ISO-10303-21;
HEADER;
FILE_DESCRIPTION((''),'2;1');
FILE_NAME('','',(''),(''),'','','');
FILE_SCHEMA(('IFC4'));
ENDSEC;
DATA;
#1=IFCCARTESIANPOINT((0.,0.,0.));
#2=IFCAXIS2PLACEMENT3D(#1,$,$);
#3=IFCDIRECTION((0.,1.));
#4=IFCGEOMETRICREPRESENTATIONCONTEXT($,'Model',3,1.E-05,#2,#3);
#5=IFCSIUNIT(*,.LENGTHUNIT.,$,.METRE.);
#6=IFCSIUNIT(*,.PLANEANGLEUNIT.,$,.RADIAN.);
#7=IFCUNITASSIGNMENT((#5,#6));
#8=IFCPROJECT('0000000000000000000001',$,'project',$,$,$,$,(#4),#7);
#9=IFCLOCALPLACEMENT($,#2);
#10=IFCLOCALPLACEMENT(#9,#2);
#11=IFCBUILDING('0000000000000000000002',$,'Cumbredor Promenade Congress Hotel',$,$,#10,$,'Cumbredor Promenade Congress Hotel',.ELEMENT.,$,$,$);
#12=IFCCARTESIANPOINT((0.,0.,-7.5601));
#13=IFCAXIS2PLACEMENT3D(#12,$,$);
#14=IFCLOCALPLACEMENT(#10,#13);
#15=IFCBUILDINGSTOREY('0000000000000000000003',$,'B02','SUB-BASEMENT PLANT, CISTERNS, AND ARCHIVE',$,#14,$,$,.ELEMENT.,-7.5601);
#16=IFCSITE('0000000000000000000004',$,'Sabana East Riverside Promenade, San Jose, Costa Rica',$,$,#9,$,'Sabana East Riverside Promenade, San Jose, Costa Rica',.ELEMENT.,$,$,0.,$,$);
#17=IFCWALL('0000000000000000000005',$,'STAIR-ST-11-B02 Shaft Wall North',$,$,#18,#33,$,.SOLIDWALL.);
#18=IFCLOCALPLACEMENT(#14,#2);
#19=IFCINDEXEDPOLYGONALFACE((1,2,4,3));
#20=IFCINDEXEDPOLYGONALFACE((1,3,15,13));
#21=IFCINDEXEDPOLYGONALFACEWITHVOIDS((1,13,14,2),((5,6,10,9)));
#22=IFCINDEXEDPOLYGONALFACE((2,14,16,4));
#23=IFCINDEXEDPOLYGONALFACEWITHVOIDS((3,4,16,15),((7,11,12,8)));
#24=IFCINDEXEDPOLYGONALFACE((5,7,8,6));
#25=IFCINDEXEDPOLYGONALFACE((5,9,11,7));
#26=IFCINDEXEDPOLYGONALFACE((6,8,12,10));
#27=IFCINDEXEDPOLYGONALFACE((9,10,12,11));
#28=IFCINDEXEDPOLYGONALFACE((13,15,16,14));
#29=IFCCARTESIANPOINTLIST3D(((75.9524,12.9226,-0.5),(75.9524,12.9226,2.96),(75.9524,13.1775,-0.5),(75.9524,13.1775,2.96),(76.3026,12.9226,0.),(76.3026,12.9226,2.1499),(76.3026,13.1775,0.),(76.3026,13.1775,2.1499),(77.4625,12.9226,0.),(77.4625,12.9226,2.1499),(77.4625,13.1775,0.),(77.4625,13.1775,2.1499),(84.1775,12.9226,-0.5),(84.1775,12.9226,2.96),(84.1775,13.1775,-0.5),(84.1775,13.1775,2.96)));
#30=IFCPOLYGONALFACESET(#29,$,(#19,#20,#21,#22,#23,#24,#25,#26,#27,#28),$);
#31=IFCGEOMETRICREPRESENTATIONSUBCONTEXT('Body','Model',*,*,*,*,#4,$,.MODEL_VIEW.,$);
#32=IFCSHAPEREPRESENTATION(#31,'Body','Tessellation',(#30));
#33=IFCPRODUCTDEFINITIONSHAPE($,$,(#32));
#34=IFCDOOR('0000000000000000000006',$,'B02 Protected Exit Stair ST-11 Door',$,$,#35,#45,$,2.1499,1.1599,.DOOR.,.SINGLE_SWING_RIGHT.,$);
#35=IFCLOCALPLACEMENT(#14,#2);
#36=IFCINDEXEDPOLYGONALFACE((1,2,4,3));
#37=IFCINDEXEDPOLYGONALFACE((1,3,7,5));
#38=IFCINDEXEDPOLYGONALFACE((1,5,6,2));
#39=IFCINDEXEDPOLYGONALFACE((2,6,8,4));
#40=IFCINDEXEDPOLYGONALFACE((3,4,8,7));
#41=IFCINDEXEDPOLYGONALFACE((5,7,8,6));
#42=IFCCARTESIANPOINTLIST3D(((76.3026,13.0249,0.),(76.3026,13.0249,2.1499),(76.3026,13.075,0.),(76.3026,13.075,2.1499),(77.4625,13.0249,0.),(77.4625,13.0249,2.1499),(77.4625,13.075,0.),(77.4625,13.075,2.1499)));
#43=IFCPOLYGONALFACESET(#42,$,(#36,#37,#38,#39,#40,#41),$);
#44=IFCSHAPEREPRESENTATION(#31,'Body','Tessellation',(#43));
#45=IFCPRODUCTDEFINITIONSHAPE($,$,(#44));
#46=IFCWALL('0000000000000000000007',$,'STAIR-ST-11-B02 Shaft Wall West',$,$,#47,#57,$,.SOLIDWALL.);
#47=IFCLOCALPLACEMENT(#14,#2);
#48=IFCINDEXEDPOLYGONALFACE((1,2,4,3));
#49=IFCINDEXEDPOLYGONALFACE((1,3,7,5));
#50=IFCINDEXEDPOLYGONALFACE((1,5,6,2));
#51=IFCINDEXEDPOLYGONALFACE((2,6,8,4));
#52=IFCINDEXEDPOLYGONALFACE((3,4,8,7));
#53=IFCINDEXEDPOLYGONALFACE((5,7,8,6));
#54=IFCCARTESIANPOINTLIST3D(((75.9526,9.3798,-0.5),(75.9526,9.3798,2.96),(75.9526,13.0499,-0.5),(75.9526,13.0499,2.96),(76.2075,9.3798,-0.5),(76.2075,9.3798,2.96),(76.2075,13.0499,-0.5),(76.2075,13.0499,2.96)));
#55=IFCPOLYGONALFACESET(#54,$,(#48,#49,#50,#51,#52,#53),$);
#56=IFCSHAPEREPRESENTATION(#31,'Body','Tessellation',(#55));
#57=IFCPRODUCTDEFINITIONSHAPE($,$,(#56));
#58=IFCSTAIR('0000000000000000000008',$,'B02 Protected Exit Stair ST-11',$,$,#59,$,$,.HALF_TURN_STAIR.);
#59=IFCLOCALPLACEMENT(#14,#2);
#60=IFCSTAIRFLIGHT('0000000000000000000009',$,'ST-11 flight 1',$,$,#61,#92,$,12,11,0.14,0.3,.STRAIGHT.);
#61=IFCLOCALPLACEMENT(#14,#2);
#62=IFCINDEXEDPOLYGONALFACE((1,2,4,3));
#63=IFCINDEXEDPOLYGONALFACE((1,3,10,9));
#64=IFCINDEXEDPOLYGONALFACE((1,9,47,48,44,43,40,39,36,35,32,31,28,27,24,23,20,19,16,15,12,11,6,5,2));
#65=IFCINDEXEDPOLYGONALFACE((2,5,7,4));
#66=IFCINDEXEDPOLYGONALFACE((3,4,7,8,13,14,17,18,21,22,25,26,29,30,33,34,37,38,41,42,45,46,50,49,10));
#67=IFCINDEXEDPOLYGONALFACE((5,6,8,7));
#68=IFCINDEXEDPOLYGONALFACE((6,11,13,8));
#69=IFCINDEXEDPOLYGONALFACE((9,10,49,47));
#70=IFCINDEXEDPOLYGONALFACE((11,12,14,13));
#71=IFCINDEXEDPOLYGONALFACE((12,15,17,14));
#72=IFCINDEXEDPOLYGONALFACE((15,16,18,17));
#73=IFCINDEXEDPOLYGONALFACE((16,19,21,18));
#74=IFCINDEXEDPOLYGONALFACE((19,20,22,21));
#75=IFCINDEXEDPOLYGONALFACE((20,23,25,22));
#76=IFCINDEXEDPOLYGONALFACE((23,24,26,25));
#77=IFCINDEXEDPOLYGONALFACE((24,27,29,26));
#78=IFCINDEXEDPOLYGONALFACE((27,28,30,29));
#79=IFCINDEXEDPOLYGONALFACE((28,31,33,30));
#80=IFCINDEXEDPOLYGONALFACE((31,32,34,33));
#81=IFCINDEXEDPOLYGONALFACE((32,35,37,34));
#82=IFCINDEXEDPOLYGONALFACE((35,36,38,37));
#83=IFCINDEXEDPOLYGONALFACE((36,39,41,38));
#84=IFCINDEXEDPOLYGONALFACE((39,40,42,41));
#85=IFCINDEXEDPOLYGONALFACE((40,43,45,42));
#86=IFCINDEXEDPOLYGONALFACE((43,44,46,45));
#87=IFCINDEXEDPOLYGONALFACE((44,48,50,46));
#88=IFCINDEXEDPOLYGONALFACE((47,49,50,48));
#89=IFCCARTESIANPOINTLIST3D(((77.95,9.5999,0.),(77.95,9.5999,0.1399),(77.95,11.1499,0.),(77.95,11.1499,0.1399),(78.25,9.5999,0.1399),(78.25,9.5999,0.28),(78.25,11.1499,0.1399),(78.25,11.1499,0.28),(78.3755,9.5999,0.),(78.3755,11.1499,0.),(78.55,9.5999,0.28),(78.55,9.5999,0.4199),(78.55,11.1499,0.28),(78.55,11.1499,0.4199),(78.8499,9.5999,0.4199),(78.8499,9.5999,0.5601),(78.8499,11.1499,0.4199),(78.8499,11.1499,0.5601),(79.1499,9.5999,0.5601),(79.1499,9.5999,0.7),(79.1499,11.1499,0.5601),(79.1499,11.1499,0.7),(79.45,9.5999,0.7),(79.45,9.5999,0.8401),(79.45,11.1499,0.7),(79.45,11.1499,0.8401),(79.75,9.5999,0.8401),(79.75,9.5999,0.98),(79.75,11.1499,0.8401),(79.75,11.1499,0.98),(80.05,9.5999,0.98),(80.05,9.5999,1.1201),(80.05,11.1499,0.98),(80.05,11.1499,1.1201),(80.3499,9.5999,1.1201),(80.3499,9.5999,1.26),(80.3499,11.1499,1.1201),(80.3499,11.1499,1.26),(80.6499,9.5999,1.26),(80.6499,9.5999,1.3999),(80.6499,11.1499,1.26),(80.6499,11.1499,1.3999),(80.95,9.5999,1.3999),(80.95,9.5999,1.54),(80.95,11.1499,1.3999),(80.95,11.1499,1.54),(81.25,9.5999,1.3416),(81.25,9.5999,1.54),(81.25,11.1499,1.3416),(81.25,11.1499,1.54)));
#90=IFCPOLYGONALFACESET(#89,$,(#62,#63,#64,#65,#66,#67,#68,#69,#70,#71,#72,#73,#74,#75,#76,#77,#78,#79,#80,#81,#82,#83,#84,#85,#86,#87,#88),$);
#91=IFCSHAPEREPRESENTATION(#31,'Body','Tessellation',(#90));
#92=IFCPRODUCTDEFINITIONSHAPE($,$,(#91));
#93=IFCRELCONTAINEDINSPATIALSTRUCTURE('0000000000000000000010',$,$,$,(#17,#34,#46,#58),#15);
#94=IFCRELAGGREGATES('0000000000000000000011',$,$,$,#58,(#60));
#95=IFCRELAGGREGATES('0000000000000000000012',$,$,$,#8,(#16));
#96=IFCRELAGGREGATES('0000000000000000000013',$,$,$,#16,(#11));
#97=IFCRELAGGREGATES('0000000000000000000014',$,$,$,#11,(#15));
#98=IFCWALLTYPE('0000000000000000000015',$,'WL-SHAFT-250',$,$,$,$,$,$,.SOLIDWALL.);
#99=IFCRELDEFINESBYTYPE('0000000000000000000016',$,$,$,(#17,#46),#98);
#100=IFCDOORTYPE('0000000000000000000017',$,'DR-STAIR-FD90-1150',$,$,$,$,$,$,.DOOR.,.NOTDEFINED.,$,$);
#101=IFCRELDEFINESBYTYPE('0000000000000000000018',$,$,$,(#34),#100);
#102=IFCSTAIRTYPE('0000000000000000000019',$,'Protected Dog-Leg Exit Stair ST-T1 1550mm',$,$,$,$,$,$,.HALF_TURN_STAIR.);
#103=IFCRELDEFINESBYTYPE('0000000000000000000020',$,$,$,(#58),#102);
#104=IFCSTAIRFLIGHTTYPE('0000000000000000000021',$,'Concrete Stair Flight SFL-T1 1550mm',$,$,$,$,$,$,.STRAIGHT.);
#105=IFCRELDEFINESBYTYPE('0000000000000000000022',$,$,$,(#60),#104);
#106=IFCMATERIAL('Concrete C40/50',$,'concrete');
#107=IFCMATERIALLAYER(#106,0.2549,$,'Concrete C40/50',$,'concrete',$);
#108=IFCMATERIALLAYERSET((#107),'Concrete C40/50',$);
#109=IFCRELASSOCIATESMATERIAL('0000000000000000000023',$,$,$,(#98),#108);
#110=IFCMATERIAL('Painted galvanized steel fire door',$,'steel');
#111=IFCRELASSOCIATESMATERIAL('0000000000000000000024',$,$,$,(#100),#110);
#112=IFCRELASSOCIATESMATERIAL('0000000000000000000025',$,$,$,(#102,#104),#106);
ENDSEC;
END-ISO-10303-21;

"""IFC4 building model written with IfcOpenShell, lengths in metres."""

from ifc_helpers import new_model, si_unit, direction, frame, frame_2d, origin, place, context, subcontext, project, spatial, polyline, rectangle, outline, extrude, material, layer, layer_set, type_object, element, fill, aggregate, save


model = new_model("IFC4")

# Units and contexts
model_context = context("Model", 3, precision=1e-05, world=origin(), true_north=direction((0.0, 1.0)))
body_context = subcontext(model_context, "Body", "Model", "MODEL_VIEW")
ifc_project = project(units=[si_unit("LENGTHUNIT", "METRE"), si_unit("PLANEANGLEUNIT", "RADIAN")], contexts=[model_context])

# Site, building, storey
site_placement = place(None, origin())
site = spatial("IfcSite", under=ifc_project, at=site_placement, Name="Sabana East Riverside Promenade, San Jose, Costa Rica", LongName="Sabana East Riverside Promenade, San Jose, Costa Rica", CompositionType="ELEMENT", RefElevation=0.0)
building_placement = place(site_placement, origin())
building = spatial("IfcBuilding", under=site, at=building_placement, Name="Cumbredor Promenade Congress Hotel", LongName="Cumbredor Promenade Congress Hotel", CompositionType="ELEMENT")
storey_placement = place(building_placement, frame((0.0, 0.0, -7.5601)))
storey = spatial("IfcBuildingStorey", under=building, at=storey_placement, Name="B02", Description="SUB-BASEMENT PLANT, CISTERNS, AND ARCHIVE", CompositionType="ELEMENT", Elevation=-7.5601)

# Shared definitions
ifc_material_1 = material(Name="Concrete C40/50", Category="concrete")

# Shared definitions
ifc_layer_1 = layer(ifc_material_1, 0.2549, Name="Concrete C40/50", Category="concrete")
ifc_layer_set_1 = layer_set([ifc_layer_1], Name="Concrete C40/50")
wall_type_1 = type_object("IfcWallType", Name="WL-SHAFT-250", PredefinedType="SOLIDWALL", material=ifc_layer_set_1)

# Wall, opening, door
wall_1_placement = place(storey_placement, frame((75.9524, 13.05, -0.5), z_axis=(0.0, 0.0, 1.0), x_axis=(1.0, 0.0, 0.0)))
wall_1 = element("IfcWall", 1, at=wall_1_placement, inside=storey, type_object=wall_type_1, Name="STAIR-ST-11-B02 Shaft Wall North", PredefinedType="SOLIDWALL", context=body_context, shape_type="SweptSolid", body=[
    extrude(rectangle(XDim=8.2251, YDim=0.2549, at=frame_2d((4.1125, 0.0))), origin(), (0.0, 0.0, 1.0), 3.46),
])
opening_1_placement = place(wall_1_placement, frame((0.3501, 0.0, 0.5)))
opening_1 = element("IfcOpeningElement", 2, at=opening_1_placement, cuts=wall_1, PredefinedType="OPENING", context=body_context, shape_type="SweptSolid", body=[
    extrude(rectangle(XDim=1.1599, YDim=2.1499, at=frame_2d((0.5801, 1.075))), frame((0.0, 0.1375, 0.0), z_axis=(0.0, -1.0, 0.0), x_axis=(1.0, 0.0, 0.0)), (0.0, 0.0, 1.0), 0.2749),
])
ifc_material_2 = material(Name="Painted galvanized steel fire door", Category="steel")
door_type_1 = type_object("IfcDoorType", Name="DR-STAIR-FD90-1150", OperationType="NOTDEFINED", PredefinedType="DOOR", material=ifc_material_2)
door_1_placement = place(opening_1_placement, origin())
door_1 = element("IfcDoor", 3, at=door_1_placement, inside=storey, type_object=door_type_1, Name="B02 Protected Exit Stair ST-11 Door", OperationType="SINGLE_SWING_RIGHT", OverallHeight=2.1499, OverallWidth=1.1599, PredefinedType="DOOR", context=body_context, shape_type="SweptSolid", body=[
    extrude(rectangle(XDim=1.1599, YDim=2.1499, at=frame_2d((0.5801, 1.075))), frame((0.0, 0.0249, 0.0), z_axis=(0.0, -1.0, 0.0), x_axis=(1.0, 0.0, 0.0)), (0.0, 0.0, 1.0), 0.05),
])
fill(opening_1, door_1)

# Wall
wall_2_placement = place(storey_placement, frame((76.0801, 9.3799, -0.5), z_axis=(0.0, 0.0, 1.0), x_axis=(0.0, 1.0, 0.0)))
element("IfcWall", 4, at=wall_2_placement, inside=storey, type_object=wall_type_1, Name="STAIR-ST-11-B02 Shaft Wall West", PredefinedType="SOLIDWALL", context=body_context, shape_type="SweptSolid", body=[
    extrude(rectangle(XDim=3.6702, YDim=0.2549, at=frame_2d((1.835, 0.0))), origin(), (0.0, 0.0, 1.0), 3.46),
])

# Stair, stair flight
stair_type = type_object("IfcStairType", Name="Protected Dog-Leg Exit Stair ST-T1 1550mm", PredefinedType="HALF_TURN_STAIR", material=ifc_material_1)
stair_placement = place(storey_placement, origin())
stair = element("IfcStair", 5, at=stair_placement, inside=storey, type_object=stair_type, Name="B02 Protected Exit Stair ST-11", PredefinedType="HALF_TURN_STAIR")
stair_flight_type = type_object("IfcStairFlightType", Name="Concrete Stair Flight SFL-T1 1550mm", PredefinedType="STRAIGHT", material=ifc_material_1)
stair_flight_placement = place(storey_placement, frame((77.95, 10.375, 0.0), z_axis=(0.0, 0.0, 1.0), x_axis=(1.0, 0.0, 0.0)))
stair_flight = element("IfcStairFlight", 6, at=stair_flight_placement, type_object=stair_flight_type, Name="ST-11 flight 1", NumberOfRisers=12, NumberOfTreads=11, PredefinedType="STRAIGHT", RiserHeight=0.14, TreadLength=0.3, context=body_context, shape_type="SweptSolid", body=[
    extrude(outline(polyline([(0.0, 0.0), (0.0, 0.1399), (0.3, 0.1399), (0.3, 0.28), (0.6001, 0.28), (0.6001, 0.4199), (0.8999, 0.4199), (0.8999, 0.5601), (1.2, 0.5601), (1.2, 0.7), (1.5, 0.7), (1.5, 0.8401), (1.8, 0.8401), (1.8, 0.98), (2.1001, 0.98), (2.1001, 1.1201), (2.3999, 1.1201), (2.3999, 1.26), (2.7, 1.26), (2.7, 1.3999), (3.0, 1.3999), (3.0, 1.54), (3.3, 1.54), (3.3, 1.6799), (3.3, 1.3416), (0.4255, 0.0), (0.0, 0.0)])), frame((0.0, 0.7749, 0.0), z_axis=(0.0, -1.0, 0.0), x_axis=(1.0, 0.0, 0.0)), (0.0, 0.0, 1.0), 1.55),
])
aggregate(stair, [stair_flight])

save(model, "model.ifc")
